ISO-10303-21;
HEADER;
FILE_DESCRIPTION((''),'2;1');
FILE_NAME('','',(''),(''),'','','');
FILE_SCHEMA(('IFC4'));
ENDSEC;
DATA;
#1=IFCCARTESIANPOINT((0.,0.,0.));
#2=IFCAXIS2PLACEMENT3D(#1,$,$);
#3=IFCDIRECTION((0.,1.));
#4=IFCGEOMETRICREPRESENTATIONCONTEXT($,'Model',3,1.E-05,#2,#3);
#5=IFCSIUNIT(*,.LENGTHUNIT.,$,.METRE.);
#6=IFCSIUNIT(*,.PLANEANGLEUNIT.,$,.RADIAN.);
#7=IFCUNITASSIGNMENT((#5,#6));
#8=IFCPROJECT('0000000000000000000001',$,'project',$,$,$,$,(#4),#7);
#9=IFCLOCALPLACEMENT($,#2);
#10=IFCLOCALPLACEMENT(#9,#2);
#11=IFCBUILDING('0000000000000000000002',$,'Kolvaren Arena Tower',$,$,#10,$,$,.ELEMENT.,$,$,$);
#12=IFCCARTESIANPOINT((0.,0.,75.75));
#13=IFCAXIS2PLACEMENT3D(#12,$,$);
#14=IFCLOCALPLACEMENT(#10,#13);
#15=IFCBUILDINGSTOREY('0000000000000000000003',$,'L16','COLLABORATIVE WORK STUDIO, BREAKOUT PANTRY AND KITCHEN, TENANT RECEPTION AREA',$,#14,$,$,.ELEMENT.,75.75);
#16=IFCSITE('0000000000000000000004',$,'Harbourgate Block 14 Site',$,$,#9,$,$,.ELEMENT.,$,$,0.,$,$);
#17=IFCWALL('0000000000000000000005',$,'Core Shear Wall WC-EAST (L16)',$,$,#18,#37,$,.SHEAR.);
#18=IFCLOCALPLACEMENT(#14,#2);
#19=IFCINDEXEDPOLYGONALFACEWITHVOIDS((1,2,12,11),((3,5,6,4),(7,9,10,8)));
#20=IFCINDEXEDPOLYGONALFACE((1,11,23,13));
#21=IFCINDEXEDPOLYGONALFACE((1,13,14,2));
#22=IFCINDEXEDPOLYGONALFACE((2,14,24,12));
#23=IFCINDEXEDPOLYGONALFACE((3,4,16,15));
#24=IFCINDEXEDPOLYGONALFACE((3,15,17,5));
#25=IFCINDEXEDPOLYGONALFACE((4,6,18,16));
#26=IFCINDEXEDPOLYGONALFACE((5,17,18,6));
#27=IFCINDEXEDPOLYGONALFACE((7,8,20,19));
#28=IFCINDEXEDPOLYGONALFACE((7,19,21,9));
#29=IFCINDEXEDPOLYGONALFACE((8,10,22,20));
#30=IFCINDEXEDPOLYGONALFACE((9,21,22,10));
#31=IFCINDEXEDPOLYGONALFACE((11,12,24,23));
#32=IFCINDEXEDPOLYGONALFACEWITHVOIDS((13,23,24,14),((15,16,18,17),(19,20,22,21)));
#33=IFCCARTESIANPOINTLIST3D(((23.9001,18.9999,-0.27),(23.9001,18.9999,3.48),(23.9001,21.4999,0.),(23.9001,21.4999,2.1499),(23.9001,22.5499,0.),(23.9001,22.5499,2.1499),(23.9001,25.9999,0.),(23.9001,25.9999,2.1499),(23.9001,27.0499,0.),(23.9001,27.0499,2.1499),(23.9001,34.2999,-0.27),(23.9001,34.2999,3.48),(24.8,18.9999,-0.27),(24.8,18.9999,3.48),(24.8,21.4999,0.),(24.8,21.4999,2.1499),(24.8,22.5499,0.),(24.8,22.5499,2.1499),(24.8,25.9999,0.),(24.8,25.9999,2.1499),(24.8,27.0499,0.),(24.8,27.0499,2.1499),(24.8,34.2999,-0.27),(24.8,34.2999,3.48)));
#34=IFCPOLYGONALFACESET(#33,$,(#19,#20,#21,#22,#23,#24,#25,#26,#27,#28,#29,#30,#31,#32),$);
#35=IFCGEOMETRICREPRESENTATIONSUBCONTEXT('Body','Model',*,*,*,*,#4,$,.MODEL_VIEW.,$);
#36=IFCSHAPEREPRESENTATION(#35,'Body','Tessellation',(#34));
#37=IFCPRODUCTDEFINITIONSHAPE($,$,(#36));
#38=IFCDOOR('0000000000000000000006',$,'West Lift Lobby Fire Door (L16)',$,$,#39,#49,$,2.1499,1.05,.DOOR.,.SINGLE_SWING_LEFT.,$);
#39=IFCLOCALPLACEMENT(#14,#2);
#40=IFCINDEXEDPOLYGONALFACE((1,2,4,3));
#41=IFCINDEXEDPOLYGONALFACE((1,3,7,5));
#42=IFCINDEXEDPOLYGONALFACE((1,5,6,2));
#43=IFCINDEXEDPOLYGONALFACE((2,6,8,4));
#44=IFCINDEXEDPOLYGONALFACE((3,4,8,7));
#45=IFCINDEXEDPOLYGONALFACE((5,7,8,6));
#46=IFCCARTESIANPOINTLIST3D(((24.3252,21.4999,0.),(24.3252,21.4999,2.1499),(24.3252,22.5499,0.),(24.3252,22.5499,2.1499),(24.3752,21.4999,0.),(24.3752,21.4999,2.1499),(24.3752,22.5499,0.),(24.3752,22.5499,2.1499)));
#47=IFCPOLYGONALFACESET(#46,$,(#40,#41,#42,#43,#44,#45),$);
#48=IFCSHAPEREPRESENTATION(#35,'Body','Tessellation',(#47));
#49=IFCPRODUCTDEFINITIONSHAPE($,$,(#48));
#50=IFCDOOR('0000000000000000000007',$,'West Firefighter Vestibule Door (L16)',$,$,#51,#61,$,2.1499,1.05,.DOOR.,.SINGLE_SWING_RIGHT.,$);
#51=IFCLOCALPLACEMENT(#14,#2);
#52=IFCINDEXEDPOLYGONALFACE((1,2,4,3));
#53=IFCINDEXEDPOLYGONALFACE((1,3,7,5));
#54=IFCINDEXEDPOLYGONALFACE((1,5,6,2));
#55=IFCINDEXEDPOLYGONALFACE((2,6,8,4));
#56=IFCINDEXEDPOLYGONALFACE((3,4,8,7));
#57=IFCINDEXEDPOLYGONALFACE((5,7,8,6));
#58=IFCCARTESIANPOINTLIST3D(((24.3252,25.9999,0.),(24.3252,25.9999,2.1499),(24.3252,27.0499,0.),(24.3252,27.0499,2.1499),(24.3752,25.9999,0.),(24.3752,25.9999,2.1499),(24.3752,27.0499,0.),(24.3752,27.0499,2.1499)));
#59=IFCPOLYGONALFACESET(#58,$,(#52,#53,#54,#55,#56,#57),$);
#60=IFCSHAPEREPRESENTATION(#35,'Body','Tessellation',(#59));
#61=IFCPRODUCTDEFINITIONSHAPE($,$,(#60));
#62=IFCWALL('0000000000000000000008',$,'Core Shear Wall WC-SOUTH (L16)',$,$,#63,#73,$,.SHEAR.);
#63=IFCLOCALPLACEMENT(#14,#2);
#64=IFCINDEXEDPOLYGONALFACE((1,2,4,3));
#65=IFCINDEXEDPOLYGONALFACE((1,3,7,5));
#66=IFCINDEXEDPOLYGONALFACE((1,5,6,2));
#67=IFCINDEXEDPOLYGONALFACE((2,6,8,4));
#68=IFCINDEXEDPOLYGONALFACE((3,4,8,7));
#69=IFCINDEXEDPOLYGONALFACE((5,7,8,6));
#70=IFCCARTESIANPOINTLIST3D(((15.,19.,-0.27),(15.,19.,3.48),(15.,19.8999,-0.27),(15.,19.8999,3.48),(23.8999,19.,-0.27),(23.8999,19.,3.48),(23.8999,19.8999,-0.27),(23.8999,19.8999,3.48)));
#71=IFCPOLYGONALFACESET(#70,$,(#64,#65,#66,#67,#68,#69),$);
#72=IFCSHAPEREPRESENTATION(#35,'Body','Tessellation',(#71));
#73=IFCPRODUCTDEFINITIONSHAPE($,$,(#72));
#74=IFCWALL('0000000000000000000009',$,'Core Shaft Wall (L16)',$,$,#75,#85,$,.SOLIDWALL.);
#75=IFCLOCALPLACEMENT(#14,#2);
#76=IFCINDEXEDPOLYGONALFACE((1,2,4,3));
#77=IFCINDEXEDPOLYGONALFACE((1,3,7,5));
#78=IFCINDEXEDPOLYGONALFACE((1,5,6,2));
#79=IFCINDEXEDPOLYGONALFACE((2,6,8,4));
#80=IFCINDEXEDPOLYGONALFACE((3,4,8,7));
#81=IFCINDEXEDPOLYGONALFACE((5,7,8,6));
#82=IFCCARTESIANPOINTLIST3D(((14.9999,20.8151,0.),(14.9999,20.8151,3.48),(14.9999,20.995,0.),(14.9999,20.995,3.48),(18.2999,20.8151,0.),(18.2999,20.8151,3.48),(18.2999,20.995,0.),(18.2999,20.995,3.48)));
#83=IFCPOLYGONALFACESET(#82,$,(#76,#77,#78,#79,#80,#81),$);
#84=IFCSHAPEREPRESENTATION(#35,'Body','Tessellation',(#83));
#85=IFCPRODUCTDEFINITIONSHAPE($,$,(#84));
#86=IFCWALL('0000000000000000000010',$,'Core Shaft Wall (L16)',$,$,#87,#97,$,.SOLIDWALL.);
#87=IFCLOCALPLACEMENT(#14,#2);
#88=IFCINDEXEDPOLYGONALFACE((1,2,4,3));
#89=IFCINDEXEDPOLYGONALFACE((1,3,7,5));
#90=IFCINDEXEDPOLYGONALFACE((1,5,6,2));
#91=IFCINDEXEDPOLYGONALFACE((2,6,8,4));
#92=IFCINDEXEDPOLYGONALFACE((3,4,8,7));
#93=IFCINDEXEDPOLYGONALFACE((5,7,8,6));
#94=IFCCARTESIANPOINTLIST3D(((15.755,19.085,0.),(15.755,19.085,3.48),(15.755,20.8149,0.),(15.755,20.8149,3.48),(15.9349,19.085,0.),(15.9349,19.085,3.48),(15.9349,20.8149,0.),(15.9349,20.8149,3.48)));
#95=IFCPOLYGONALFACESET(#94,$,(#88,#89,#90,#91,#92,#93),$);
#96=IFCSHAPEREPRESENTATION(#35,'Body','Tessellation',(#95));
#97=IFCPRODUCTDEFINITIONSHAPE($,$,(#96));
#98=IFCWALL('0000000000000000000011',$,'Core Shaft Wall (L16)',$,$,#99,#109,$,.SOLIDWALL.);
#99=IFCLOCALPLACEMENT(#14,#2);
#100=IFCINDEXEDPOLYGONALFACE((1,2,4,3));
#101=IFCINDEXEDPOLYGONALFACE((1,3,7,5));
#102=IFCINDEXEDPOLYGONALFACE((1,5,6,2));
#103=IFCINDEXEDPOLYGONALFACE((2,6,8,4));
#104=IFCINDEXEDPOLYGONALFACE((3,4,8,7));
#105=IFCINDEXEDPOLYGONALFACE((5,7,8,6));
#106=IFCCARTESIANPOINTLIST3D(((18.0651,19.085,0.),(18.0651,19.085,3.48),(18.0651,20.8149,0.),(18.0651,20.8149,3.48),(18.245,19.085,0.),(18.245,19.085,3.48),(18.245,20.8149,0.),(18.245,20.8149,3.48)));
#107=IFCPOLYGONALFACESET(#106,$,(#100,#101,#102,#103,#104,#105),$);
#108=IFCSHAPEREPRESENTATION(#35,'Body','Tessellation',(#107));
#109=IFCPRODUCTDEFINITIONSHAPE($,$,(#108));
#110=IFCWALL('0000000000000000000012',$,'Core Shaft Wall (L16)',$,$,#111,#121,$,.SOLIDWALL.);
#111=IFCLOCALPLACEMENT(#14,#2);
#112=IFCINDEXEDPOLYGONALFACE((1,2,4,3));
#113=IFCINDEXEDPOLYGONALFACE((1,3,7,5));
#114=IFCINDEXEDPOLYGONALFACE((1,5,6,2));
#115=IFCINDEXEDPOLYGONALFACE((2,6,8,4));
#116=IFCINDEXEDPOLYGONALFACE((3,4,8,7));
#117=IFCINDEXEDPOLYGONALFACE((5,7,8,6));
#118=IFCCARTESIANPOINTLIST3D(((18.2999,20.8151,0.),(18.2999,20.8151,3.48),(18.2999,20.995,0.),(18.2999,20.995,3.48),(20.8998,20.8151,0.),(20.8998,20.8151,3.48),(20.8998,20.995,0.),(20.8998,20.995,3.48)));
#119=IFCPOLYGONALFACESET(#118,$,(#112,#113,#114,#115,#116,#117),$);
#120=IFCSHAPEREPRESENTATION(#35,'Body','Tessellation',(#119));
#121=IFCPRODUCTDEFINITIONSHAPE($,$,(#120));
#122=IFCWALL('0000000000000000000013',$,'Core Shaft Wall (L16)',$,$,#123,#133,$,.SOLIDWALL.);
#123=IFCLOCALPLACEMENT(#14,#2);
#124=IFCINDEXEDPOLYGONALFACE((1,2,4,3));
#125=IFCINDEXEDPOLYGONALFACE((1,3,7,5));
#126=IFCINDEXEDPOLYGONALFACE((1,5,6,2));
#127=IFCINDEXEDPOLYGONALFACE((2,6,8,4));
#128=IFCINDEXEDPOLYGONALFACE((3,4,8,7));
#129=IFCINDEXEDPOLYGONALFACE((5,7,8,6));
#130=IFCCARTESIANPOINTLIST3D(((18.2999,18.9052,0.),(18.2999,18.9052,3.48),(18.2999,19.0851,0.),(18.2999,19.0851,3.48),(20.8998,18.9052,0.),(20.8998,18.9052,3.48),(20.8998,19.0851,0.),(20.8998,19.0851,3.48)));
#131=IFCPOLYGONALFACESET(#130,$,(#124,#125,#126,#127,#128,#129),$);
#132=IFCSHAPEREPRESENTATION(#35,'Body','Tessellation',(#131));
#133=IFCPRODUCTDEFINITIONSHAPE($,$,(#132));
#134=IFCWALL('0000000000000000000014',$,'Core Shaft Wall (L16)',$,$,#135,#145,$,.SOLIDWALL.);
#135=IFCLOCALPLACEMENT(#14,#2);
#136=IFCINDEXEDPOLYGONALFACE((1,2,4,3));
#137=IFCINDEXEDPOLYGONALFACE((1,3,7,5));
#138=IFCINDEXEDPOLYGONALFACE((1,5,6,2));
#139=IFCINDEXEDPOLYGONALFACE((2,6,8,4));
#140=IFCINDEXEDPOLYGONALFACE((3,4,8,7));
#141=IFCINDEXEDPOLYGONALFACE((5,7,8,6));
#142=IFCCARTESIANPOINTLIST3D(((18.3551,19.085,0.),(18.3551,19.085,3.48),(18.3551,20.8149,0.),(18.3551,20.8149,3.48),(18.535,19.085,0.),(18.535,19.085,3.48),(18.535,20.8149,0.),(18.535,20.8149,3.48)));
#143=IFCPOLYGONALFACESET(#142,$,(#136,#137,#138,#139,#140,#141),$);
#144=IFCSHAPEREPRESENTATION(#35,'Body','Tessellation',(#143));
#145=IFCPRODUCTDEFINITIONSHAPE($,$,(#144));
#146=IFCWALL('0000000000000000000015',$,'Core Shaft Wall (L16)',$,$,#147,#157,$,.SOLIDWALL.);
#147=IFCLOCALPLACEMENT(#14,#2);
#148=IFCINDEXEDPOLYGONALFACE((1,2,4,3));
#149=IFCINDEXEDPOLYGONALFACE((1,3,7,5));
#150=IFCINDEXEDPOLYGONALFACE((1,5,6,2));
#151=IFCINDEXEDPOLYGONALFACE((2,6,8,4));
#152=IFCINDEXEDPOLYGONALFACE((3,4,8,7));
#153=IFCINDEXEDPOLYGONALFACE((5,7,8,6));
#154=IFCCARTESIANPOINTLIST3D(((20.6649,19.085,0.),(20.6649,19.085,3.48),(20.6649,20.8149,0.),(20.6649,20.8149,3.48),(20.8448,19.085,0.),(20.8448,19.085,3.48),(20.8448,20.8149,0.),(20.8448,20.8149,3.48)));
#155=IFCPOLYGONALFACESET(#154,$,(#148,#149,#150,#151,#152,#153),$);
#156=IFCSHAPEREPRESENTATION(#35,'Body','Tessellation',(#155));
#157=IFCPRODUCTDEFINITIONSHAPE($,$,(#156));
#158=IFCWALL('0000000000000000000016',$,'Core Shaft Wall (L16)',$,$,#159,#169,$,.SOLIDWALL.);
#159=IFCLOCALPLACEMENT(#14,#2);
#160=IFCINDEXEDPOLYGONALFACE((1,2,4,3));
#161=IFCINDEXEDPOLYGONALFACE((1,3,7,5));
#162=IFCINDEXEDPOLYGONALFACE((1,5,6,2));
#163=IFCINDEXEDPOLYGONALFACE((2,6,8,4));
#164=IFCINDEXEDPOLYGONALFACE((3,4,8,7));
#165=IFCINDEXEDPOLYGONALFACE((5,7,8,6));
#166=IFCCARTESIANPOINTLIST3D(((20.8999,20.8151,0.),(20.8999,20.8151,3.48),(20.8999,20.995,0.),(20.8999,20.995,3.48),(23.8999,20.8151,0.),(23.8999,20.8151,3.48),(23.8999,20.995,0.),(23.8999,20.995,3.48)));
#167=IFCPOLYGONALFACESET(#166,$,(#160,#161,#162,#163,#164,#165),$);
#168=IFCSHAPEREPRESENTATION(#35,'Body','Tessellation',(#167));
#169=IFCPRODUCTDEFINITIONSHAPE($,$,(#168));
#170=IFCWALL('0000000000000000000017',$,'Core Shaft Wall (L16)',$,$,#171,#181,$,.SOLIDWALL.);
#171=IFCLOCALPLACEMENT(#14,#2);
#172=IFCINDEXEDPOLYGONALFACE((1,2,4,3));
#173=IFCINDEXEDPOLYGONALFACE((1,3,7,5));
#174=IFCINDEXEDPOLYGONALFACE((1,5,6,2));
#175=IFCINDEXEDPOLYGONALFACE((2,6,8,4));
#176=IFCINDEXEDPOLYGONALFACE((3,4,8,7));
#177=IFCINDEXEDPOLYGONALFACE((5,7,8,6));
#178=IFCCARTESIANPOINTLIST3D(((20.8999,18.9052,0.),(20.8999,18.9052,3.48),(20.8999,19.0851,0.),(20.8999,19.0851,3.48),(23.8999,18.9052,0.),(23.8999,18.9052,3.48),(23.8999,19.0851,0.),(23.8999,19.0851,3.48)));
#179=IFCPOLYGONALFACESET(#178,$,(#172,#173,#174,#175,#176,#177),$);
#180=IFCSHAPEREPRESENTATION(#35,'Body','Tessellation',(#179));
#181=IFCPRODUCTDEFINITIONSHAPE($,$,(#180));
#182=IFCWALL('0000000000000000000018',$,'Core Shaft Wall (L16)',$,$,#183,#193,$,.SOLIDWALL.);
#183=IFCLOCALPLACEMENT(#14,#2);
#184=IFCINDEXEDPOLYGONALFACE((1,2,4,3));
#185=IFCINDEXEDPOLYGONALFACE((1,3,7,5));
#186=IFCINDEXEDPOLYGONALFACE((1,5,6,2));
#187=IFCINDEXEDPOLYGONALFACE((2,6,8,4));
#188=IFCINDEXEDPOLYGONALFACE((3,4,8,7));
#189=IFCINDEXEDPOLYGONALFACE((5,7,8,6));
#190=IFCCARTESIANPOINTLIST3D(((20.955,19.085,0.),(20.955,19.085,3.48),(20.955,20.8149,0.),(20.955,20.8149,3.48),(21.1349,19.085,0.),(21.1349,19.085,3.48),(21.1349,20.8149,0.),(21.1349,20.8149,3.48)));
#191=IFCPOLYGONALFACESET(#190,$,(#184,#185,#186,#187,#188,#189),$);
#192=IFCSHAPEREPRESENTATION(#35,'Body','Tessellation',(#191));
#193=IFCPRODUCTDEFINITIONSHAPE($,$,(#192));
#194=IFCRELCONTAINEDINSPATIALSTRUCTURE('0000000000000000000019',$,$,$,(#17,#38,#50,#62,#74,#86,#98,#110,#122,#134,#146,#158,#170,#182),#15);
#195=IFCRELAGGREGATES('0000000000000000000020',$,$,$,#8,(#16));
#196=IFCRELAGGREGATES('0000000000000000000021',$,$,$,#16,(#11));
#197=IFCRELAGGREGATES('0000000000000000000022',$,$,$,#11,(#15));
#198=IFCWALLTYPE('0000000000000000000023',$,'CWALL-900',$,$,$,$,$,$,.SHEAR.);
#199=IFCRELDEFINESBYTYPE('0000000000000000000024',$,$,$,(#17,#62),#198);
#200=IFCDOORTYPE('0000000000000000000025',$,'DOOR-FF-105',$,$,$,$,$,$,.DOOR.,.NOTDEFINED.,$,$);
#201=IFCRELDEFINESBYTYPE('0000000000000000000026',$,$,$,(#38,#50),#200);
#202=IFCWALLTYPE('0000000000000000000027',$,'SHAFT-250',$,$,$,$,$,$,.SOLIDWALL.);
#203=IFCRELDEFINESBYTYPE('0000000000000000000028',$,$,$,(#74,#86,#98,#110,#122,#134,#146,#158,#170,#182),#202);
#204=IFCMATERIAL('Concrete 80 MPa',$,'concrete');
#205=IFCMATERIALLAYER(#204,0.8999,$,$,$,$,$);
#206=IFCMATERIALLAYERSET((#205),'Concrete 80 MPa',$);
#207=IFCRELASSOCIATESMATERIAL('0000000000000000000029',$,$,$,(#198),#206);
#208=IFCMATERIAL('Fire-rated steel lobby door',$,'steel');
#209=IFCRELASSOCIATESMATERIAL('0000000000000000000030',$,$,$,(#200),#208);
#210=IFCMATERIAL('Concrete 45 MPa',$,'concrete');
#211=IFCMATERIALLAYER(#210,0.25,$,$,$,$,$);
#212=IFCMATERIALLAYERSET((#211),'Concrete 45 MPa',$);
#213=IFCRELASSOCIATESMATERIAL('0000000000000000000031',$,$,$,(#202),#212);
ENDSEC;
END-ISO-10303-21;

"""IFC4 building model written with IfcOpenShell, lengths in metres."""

from ifc_helpers import new_model, si_unit, direction, frame, frame_2d, origin, place, context, subcontext, project, spatial, rectangle, extrude, material, layer, layer_set, type_object, element, fill, save


model = new_model("IFC4")

# Units and contexts
model_context = context("Model", 3, precision=1e-05, world=origin(), true_north=direction((0.0, 1.0)))
body_context = subcontext(model_context, "Body", "Model", "MODEL_VIEW")
ifc_project = project(units=[si_unit("LENGTHUNIT", "METRE"), si_unit("PLANEANGLEUNIT", "RADIAN")], contexts=[model_context])

# Site, building, storey
site_placement = place(None, origin())
site = spatial("IfcSite", under=ifc_project, at=site_placement, Name="Harbourgate Block 14 Site", CompositionType="ELEMENT", RefElevation=0.0)
building_placement = place(site_placement, origin())
building = spatial("IfcBuilding", under=site, at=building_placement, Name="Kolvaren Arena Tower", CompositionType="ELEMENT")
storey_placement = place(building_placement, frame((0.0, 0.0, 75.75)))
storey = spatial("IfcBuildingStorey", under=building, at=storey_placement, Name="L16", Description="COLLABORATIVE WORK STUDIO, BREAKOUT PANTRY AND KITCHEN, TENANT RECEPTION AREA", CompositionType="ELEMENT", Elevation=75.75)

# Wall, openings, doors
ifc_material_1 = material(Name="Concrete 80 MPa", Category="concrete")
ifc_layer_1 = layer(ifc_material_1, 0.8999)
ifc_layer_set_1 = layer_set([ifc_layer_1], Name="Concrete 80 MPa")
wall_type_1 = type_object("IfcWallType", Name="CWALL-900", PredefinedType="SHEAR", material=ifc_layer_set_1)
wall_1_placement = place(storey_placement, frame((24.3501, 19.0, -0.27), z_axis=(0.0, 0.0, 1.0), x_axis=(0.0, 1.0, 0.0)))
wall_1 = element("IfcWall", 1, at=wall_1_placement, inside=storey, type_object=wall_type_1, Name="Core Shear Wall WC-EAST (L16)", PredefinedType="SHEAR", context=body_context, shape_type="SweptSolid", body=[
    extrude(rectangle(XDim=15.3, YDim=0.8999, at=frame_2d((7.6499, 0.0))), origin(), (0.0, 0.0, 1.0), 3.75),
])
opening_1_placement = place(wall_1_placement, frame((2.5, 0.0, 0.27)))
opening_1 = element("IfcOpeningElement", 2, at=opening_1_placement, cuts=wall_1, PredefinedType="OPENING", context=body_context, shape_type="SweptSolid", body=[
    extrude(rectangle(XDim=1.05, YDim=2.1499, at=frame_2d((0.5249, 1.075))), frame((0.0, 0.46, 0.0), z_axis=(0.0, -1.0, 0.0), x_axis=(1.0, 0.0, 0.0)), (0.0, 0.0, 1.0), 0.9199),
])
opening_2_placement = place(wall_1_placement, frame((7.0, 0.0, 0.27)))
opening_2 = element("IfcOpeningElement", 3, at=opening_2_placement, cuts=wall_1, PredefinedType="OPENING", context=body_context, shape_type="SweptSolid", body=[
    extrude(rectangle(XDim=1.05, YDim=2.1499, at=frame_2d((0.5249, 1.075))), frame((0.0, 0.46, 0.0), z_axis=(0.0, -1.0, 0.0), x_axis=(1.0, 0.0, 0.0)), (0.0, 0.0, 1.0), 0.9199),
])
ifc_material_2 = material(Name="Fire-rated steel lobby door", Category="steel")
door_type = type_object("IfcDoorType", Name="DOOR-FF-105", OperationType="NOTDEFINED", PredefinedType="DOOR", material=ifc_material_2)
door_1_placement = place(opening_1_placement, origin())
door_1 = element("IfcDoor", 4, at=door_1_placement, inside=storey, type_object=door_type, Name="West Lift Lobby Fire Door (L16)", OperationType="SINGLE_SWING_LEFT", OverallHeight=2.1499, OverallWidth=1.05, PredefinedType="DOOR", context=body_context, shape_type="SweptSolid", body=[
    extrude(rectangle(XDim=1.05, YDim=2.1499, at=frame_2d((0.5249, 1.075))), frame((0.0, 0.0249, 0.0), z_axis=(0.0, -1.0, 0.0), x_axis=(1.0, 0.0, 0.0)), (0.0, 0.0, 1.0), 0.05),
])
fill(opening_1, door_1)
door_2_placement = place(opening_2_placement, origin())
door_2 = element("IfcDoor", 5, at=door_2_placement, inside=storey, type_object=door_type, Name="West Firefighter Vestibule Door (L16)", OperationType="SINGLE_SWING_RIGHT", OverallHeight=2.1499, OverallWidth=1.05, PredefinedType="DOOR", context=body_context, shape_type="SweptSolid", body=[
    extrude(rectangle(XDim=1.05, YDim=2.1499, at=frame_2d((0.5249, 1.075))), frame((0.0, 0.0249, 0.0), z_axis=(0.0, -1.0, 0.0), x_axis=(1.0, 0.0, 0.0)), (0.0, 0.0, 1.0), 0.05),
])
fill(opening_2, door_2)

# Walls
wall_2_placement = place(storey_placement, frame((15.0, 19.45, -0.27), z_axis=(0.0, 0.0, 1.0), x_axis=(1.0, 0.0, 0.0)))
element("IfcWall", 6, at=wall_2_placement, inside=storey, type_object=wall_type_1, Name="Core Shear Wall WC-SOUTH (L16)", PredefinedType="SHEAR", context=body_context, shape_type="SweptSolid", body=[
    extrude(rectangle(XDim=8.8999, YDim=0.8999, at=frame_2d((4.45, 0.0))), origin(), (0.0, 0.0, 1.0), 3.75),
])
ifc_material_3 = material(Name="Concrete 45 MPa", Category="concrete")
ifc_layer_2 = layer(ifc_material_3, 0.25)
ifc_layer_set_2 = layer_set([ifc_layer_2], Name="Concrete 45 MPa")
wall_type_2 = type_object("IfcWallType", Name="SHAFT-250", PredefinedType="SOLIDWALL", material=ifc_layer_set_2)
wall_3_placement = place(storey_placement, frame((15.0, 20.905, 0.0), z_axis=(0.0, 0.0, 1.0), x_axis=(1.0, 0.0, 0.0)))
element("IfcWall", 7, at=wall_3_placement, inside=storey, type_object=wall_type_2, Name="Core Shaft Wall (L16)", PredefinedType="SOLIDWALL", context=body_context, shape_type="SweptSolid", body=[
    extrude(rectangle(XDim=3.3, YDim=0.1799, at=frame_2d((1.6499, 0.0))), origin(), (0.0, 0.0, 1.0), 3.48),
])
for number, where, z_axis, x_axis, name in (
    (8, (15.845, 19.085, 0.0), (0.0, 0.0, 1.0), (0.0, 1.0, 0.0), "Core Shaft Wall (L16)"),
    (9, (18.155, 19.085, 0.0), (0.0, 0.0, 1.0), (0.0, 1.0, 0.0), "Core Shaft Wall (L16)"),
):
    element("IfcWall", number, at=place(storey_placement, frame(where, z_axis=z_axis, x_axis=x_axis)), inside=storey, type_object=wall_type_2, Name=name, PredefinedType="SOLIDWALL", context=body_context, shape_type="SweptSolid", body=[
        extrude(rectangle(XDim=1.73, YDim=0.1799, at=frame_2d((0.865, 0.0))), origin(), (0.0, 0.0, 1.0), 3.48),
    ])
for number, where, z_axis, x_axis, name in (
    (10, (18.3, 20.905, 0.0), (0.0, 0.0, 1.0), (1.0, 0.0, 0.0), "Core Shaft Wall (L16)"),
    (11, (18.3, 18.9951, 0.0), (0.0, 0.0, 1.0), (1.0, 0.0, 0.0), "Core Shaft Wall (L16)"),
):
    element("IfcWall", number, at=place(storey_placement, frame(where, z_axis=z_axis, x_axis=x_axis)), inside=storey, type_object=wall_type_2, Name=name, PredefinedType="SOLIDWALL", context=body_context, shape_type="SweptSolid", body=[
        extrude(rectangle(XDim=2.5999, YDim=0.1799, at=frame_2d((1.2998, 0.0))), origin(), (0.0, 0.0, 1.0), 3.48),
    ])
for number, where, z_axis, x_axis, name in (
    (12, (18.4451, 19.085, 0.0), (0.0, 0.0, 1.0), (0.0, 1.0, 0.0), "Core Shaft Wall (L16)"),
    (13, (20.7549, 19.085, 0.0), (0.0, 0.0, 1.0), (0.0, 1.0, 0.0), "Core Shaft Wall (L16)"),
):
    element("IfcWall", number, at=place(storey_placement, frame(where, z_axis=z_axis, x_axis=x_axis)), inside=storey, type_object=wall_type_2, Name=name, PredefinedType="SOLIDWALL", context=body_context, shape_type="SweptSolid", body=[
        extrude(rectangle(XDim=1.73, YDim=0.1799, at=frame_2d((0.865, 0.0))), origin(), (0.0, 0.0, 1.0), 3.48),
    ])
for number, where, z_axis, x_axis, name in (
    (14, (20.8999, 20.905, 0.0), (0.0, 0.0, 1.0), (1.0, 0.0, 0.0), "Core Shaft Wall (L16)"),
    (15, (20.8999, 18.9951, 0.0), (0.0, 0.0, 1.0), (1.0, 0.0, 0.0), "Core Shaft Wall (L16)"),
):
    element("IfcWall", number, at=place(storey_placement, frame(where, z_axis=z_axis, x_axis=x_axis)), inside=storey, type_object=wall_type_2, Name=name, PredefinedType="SOLIDWALL", context=body_context, shape_type="SweptSolid", body=[
        extrude(rectangle(XDim=3.0, YDim=0.1799, at=frame_2d((1.5, 0.0))), origin(), (0.0, 0.0, 1.0), 3.48),
    ])
for number, where, z_axis, x_axis, name in (
    (16, (21.0449, 19.085, 0.0), (0.0, 0.0, 1.0), (0.0, 1.0, 0.0), "Core Shaft Wall (L16)"),
):
    element("IfcWall", number, at=place(storey_placement, frame(where, z_axis=z_axis, x_axis=x_axis)), inside=storey, type_object=wall_type_2, Name=name, PredefinedType="SOLIDWALL", context=body_context, shape_type="SweptSolid", body=[
        extrude(rectangle(XDim=1.73, YDim=0.1799, at=frame_2d((0.865, 0.0))), origin(), (0.0, 0.0, 1.0), 3.48),
    ])

save(model, "model.ifc")
